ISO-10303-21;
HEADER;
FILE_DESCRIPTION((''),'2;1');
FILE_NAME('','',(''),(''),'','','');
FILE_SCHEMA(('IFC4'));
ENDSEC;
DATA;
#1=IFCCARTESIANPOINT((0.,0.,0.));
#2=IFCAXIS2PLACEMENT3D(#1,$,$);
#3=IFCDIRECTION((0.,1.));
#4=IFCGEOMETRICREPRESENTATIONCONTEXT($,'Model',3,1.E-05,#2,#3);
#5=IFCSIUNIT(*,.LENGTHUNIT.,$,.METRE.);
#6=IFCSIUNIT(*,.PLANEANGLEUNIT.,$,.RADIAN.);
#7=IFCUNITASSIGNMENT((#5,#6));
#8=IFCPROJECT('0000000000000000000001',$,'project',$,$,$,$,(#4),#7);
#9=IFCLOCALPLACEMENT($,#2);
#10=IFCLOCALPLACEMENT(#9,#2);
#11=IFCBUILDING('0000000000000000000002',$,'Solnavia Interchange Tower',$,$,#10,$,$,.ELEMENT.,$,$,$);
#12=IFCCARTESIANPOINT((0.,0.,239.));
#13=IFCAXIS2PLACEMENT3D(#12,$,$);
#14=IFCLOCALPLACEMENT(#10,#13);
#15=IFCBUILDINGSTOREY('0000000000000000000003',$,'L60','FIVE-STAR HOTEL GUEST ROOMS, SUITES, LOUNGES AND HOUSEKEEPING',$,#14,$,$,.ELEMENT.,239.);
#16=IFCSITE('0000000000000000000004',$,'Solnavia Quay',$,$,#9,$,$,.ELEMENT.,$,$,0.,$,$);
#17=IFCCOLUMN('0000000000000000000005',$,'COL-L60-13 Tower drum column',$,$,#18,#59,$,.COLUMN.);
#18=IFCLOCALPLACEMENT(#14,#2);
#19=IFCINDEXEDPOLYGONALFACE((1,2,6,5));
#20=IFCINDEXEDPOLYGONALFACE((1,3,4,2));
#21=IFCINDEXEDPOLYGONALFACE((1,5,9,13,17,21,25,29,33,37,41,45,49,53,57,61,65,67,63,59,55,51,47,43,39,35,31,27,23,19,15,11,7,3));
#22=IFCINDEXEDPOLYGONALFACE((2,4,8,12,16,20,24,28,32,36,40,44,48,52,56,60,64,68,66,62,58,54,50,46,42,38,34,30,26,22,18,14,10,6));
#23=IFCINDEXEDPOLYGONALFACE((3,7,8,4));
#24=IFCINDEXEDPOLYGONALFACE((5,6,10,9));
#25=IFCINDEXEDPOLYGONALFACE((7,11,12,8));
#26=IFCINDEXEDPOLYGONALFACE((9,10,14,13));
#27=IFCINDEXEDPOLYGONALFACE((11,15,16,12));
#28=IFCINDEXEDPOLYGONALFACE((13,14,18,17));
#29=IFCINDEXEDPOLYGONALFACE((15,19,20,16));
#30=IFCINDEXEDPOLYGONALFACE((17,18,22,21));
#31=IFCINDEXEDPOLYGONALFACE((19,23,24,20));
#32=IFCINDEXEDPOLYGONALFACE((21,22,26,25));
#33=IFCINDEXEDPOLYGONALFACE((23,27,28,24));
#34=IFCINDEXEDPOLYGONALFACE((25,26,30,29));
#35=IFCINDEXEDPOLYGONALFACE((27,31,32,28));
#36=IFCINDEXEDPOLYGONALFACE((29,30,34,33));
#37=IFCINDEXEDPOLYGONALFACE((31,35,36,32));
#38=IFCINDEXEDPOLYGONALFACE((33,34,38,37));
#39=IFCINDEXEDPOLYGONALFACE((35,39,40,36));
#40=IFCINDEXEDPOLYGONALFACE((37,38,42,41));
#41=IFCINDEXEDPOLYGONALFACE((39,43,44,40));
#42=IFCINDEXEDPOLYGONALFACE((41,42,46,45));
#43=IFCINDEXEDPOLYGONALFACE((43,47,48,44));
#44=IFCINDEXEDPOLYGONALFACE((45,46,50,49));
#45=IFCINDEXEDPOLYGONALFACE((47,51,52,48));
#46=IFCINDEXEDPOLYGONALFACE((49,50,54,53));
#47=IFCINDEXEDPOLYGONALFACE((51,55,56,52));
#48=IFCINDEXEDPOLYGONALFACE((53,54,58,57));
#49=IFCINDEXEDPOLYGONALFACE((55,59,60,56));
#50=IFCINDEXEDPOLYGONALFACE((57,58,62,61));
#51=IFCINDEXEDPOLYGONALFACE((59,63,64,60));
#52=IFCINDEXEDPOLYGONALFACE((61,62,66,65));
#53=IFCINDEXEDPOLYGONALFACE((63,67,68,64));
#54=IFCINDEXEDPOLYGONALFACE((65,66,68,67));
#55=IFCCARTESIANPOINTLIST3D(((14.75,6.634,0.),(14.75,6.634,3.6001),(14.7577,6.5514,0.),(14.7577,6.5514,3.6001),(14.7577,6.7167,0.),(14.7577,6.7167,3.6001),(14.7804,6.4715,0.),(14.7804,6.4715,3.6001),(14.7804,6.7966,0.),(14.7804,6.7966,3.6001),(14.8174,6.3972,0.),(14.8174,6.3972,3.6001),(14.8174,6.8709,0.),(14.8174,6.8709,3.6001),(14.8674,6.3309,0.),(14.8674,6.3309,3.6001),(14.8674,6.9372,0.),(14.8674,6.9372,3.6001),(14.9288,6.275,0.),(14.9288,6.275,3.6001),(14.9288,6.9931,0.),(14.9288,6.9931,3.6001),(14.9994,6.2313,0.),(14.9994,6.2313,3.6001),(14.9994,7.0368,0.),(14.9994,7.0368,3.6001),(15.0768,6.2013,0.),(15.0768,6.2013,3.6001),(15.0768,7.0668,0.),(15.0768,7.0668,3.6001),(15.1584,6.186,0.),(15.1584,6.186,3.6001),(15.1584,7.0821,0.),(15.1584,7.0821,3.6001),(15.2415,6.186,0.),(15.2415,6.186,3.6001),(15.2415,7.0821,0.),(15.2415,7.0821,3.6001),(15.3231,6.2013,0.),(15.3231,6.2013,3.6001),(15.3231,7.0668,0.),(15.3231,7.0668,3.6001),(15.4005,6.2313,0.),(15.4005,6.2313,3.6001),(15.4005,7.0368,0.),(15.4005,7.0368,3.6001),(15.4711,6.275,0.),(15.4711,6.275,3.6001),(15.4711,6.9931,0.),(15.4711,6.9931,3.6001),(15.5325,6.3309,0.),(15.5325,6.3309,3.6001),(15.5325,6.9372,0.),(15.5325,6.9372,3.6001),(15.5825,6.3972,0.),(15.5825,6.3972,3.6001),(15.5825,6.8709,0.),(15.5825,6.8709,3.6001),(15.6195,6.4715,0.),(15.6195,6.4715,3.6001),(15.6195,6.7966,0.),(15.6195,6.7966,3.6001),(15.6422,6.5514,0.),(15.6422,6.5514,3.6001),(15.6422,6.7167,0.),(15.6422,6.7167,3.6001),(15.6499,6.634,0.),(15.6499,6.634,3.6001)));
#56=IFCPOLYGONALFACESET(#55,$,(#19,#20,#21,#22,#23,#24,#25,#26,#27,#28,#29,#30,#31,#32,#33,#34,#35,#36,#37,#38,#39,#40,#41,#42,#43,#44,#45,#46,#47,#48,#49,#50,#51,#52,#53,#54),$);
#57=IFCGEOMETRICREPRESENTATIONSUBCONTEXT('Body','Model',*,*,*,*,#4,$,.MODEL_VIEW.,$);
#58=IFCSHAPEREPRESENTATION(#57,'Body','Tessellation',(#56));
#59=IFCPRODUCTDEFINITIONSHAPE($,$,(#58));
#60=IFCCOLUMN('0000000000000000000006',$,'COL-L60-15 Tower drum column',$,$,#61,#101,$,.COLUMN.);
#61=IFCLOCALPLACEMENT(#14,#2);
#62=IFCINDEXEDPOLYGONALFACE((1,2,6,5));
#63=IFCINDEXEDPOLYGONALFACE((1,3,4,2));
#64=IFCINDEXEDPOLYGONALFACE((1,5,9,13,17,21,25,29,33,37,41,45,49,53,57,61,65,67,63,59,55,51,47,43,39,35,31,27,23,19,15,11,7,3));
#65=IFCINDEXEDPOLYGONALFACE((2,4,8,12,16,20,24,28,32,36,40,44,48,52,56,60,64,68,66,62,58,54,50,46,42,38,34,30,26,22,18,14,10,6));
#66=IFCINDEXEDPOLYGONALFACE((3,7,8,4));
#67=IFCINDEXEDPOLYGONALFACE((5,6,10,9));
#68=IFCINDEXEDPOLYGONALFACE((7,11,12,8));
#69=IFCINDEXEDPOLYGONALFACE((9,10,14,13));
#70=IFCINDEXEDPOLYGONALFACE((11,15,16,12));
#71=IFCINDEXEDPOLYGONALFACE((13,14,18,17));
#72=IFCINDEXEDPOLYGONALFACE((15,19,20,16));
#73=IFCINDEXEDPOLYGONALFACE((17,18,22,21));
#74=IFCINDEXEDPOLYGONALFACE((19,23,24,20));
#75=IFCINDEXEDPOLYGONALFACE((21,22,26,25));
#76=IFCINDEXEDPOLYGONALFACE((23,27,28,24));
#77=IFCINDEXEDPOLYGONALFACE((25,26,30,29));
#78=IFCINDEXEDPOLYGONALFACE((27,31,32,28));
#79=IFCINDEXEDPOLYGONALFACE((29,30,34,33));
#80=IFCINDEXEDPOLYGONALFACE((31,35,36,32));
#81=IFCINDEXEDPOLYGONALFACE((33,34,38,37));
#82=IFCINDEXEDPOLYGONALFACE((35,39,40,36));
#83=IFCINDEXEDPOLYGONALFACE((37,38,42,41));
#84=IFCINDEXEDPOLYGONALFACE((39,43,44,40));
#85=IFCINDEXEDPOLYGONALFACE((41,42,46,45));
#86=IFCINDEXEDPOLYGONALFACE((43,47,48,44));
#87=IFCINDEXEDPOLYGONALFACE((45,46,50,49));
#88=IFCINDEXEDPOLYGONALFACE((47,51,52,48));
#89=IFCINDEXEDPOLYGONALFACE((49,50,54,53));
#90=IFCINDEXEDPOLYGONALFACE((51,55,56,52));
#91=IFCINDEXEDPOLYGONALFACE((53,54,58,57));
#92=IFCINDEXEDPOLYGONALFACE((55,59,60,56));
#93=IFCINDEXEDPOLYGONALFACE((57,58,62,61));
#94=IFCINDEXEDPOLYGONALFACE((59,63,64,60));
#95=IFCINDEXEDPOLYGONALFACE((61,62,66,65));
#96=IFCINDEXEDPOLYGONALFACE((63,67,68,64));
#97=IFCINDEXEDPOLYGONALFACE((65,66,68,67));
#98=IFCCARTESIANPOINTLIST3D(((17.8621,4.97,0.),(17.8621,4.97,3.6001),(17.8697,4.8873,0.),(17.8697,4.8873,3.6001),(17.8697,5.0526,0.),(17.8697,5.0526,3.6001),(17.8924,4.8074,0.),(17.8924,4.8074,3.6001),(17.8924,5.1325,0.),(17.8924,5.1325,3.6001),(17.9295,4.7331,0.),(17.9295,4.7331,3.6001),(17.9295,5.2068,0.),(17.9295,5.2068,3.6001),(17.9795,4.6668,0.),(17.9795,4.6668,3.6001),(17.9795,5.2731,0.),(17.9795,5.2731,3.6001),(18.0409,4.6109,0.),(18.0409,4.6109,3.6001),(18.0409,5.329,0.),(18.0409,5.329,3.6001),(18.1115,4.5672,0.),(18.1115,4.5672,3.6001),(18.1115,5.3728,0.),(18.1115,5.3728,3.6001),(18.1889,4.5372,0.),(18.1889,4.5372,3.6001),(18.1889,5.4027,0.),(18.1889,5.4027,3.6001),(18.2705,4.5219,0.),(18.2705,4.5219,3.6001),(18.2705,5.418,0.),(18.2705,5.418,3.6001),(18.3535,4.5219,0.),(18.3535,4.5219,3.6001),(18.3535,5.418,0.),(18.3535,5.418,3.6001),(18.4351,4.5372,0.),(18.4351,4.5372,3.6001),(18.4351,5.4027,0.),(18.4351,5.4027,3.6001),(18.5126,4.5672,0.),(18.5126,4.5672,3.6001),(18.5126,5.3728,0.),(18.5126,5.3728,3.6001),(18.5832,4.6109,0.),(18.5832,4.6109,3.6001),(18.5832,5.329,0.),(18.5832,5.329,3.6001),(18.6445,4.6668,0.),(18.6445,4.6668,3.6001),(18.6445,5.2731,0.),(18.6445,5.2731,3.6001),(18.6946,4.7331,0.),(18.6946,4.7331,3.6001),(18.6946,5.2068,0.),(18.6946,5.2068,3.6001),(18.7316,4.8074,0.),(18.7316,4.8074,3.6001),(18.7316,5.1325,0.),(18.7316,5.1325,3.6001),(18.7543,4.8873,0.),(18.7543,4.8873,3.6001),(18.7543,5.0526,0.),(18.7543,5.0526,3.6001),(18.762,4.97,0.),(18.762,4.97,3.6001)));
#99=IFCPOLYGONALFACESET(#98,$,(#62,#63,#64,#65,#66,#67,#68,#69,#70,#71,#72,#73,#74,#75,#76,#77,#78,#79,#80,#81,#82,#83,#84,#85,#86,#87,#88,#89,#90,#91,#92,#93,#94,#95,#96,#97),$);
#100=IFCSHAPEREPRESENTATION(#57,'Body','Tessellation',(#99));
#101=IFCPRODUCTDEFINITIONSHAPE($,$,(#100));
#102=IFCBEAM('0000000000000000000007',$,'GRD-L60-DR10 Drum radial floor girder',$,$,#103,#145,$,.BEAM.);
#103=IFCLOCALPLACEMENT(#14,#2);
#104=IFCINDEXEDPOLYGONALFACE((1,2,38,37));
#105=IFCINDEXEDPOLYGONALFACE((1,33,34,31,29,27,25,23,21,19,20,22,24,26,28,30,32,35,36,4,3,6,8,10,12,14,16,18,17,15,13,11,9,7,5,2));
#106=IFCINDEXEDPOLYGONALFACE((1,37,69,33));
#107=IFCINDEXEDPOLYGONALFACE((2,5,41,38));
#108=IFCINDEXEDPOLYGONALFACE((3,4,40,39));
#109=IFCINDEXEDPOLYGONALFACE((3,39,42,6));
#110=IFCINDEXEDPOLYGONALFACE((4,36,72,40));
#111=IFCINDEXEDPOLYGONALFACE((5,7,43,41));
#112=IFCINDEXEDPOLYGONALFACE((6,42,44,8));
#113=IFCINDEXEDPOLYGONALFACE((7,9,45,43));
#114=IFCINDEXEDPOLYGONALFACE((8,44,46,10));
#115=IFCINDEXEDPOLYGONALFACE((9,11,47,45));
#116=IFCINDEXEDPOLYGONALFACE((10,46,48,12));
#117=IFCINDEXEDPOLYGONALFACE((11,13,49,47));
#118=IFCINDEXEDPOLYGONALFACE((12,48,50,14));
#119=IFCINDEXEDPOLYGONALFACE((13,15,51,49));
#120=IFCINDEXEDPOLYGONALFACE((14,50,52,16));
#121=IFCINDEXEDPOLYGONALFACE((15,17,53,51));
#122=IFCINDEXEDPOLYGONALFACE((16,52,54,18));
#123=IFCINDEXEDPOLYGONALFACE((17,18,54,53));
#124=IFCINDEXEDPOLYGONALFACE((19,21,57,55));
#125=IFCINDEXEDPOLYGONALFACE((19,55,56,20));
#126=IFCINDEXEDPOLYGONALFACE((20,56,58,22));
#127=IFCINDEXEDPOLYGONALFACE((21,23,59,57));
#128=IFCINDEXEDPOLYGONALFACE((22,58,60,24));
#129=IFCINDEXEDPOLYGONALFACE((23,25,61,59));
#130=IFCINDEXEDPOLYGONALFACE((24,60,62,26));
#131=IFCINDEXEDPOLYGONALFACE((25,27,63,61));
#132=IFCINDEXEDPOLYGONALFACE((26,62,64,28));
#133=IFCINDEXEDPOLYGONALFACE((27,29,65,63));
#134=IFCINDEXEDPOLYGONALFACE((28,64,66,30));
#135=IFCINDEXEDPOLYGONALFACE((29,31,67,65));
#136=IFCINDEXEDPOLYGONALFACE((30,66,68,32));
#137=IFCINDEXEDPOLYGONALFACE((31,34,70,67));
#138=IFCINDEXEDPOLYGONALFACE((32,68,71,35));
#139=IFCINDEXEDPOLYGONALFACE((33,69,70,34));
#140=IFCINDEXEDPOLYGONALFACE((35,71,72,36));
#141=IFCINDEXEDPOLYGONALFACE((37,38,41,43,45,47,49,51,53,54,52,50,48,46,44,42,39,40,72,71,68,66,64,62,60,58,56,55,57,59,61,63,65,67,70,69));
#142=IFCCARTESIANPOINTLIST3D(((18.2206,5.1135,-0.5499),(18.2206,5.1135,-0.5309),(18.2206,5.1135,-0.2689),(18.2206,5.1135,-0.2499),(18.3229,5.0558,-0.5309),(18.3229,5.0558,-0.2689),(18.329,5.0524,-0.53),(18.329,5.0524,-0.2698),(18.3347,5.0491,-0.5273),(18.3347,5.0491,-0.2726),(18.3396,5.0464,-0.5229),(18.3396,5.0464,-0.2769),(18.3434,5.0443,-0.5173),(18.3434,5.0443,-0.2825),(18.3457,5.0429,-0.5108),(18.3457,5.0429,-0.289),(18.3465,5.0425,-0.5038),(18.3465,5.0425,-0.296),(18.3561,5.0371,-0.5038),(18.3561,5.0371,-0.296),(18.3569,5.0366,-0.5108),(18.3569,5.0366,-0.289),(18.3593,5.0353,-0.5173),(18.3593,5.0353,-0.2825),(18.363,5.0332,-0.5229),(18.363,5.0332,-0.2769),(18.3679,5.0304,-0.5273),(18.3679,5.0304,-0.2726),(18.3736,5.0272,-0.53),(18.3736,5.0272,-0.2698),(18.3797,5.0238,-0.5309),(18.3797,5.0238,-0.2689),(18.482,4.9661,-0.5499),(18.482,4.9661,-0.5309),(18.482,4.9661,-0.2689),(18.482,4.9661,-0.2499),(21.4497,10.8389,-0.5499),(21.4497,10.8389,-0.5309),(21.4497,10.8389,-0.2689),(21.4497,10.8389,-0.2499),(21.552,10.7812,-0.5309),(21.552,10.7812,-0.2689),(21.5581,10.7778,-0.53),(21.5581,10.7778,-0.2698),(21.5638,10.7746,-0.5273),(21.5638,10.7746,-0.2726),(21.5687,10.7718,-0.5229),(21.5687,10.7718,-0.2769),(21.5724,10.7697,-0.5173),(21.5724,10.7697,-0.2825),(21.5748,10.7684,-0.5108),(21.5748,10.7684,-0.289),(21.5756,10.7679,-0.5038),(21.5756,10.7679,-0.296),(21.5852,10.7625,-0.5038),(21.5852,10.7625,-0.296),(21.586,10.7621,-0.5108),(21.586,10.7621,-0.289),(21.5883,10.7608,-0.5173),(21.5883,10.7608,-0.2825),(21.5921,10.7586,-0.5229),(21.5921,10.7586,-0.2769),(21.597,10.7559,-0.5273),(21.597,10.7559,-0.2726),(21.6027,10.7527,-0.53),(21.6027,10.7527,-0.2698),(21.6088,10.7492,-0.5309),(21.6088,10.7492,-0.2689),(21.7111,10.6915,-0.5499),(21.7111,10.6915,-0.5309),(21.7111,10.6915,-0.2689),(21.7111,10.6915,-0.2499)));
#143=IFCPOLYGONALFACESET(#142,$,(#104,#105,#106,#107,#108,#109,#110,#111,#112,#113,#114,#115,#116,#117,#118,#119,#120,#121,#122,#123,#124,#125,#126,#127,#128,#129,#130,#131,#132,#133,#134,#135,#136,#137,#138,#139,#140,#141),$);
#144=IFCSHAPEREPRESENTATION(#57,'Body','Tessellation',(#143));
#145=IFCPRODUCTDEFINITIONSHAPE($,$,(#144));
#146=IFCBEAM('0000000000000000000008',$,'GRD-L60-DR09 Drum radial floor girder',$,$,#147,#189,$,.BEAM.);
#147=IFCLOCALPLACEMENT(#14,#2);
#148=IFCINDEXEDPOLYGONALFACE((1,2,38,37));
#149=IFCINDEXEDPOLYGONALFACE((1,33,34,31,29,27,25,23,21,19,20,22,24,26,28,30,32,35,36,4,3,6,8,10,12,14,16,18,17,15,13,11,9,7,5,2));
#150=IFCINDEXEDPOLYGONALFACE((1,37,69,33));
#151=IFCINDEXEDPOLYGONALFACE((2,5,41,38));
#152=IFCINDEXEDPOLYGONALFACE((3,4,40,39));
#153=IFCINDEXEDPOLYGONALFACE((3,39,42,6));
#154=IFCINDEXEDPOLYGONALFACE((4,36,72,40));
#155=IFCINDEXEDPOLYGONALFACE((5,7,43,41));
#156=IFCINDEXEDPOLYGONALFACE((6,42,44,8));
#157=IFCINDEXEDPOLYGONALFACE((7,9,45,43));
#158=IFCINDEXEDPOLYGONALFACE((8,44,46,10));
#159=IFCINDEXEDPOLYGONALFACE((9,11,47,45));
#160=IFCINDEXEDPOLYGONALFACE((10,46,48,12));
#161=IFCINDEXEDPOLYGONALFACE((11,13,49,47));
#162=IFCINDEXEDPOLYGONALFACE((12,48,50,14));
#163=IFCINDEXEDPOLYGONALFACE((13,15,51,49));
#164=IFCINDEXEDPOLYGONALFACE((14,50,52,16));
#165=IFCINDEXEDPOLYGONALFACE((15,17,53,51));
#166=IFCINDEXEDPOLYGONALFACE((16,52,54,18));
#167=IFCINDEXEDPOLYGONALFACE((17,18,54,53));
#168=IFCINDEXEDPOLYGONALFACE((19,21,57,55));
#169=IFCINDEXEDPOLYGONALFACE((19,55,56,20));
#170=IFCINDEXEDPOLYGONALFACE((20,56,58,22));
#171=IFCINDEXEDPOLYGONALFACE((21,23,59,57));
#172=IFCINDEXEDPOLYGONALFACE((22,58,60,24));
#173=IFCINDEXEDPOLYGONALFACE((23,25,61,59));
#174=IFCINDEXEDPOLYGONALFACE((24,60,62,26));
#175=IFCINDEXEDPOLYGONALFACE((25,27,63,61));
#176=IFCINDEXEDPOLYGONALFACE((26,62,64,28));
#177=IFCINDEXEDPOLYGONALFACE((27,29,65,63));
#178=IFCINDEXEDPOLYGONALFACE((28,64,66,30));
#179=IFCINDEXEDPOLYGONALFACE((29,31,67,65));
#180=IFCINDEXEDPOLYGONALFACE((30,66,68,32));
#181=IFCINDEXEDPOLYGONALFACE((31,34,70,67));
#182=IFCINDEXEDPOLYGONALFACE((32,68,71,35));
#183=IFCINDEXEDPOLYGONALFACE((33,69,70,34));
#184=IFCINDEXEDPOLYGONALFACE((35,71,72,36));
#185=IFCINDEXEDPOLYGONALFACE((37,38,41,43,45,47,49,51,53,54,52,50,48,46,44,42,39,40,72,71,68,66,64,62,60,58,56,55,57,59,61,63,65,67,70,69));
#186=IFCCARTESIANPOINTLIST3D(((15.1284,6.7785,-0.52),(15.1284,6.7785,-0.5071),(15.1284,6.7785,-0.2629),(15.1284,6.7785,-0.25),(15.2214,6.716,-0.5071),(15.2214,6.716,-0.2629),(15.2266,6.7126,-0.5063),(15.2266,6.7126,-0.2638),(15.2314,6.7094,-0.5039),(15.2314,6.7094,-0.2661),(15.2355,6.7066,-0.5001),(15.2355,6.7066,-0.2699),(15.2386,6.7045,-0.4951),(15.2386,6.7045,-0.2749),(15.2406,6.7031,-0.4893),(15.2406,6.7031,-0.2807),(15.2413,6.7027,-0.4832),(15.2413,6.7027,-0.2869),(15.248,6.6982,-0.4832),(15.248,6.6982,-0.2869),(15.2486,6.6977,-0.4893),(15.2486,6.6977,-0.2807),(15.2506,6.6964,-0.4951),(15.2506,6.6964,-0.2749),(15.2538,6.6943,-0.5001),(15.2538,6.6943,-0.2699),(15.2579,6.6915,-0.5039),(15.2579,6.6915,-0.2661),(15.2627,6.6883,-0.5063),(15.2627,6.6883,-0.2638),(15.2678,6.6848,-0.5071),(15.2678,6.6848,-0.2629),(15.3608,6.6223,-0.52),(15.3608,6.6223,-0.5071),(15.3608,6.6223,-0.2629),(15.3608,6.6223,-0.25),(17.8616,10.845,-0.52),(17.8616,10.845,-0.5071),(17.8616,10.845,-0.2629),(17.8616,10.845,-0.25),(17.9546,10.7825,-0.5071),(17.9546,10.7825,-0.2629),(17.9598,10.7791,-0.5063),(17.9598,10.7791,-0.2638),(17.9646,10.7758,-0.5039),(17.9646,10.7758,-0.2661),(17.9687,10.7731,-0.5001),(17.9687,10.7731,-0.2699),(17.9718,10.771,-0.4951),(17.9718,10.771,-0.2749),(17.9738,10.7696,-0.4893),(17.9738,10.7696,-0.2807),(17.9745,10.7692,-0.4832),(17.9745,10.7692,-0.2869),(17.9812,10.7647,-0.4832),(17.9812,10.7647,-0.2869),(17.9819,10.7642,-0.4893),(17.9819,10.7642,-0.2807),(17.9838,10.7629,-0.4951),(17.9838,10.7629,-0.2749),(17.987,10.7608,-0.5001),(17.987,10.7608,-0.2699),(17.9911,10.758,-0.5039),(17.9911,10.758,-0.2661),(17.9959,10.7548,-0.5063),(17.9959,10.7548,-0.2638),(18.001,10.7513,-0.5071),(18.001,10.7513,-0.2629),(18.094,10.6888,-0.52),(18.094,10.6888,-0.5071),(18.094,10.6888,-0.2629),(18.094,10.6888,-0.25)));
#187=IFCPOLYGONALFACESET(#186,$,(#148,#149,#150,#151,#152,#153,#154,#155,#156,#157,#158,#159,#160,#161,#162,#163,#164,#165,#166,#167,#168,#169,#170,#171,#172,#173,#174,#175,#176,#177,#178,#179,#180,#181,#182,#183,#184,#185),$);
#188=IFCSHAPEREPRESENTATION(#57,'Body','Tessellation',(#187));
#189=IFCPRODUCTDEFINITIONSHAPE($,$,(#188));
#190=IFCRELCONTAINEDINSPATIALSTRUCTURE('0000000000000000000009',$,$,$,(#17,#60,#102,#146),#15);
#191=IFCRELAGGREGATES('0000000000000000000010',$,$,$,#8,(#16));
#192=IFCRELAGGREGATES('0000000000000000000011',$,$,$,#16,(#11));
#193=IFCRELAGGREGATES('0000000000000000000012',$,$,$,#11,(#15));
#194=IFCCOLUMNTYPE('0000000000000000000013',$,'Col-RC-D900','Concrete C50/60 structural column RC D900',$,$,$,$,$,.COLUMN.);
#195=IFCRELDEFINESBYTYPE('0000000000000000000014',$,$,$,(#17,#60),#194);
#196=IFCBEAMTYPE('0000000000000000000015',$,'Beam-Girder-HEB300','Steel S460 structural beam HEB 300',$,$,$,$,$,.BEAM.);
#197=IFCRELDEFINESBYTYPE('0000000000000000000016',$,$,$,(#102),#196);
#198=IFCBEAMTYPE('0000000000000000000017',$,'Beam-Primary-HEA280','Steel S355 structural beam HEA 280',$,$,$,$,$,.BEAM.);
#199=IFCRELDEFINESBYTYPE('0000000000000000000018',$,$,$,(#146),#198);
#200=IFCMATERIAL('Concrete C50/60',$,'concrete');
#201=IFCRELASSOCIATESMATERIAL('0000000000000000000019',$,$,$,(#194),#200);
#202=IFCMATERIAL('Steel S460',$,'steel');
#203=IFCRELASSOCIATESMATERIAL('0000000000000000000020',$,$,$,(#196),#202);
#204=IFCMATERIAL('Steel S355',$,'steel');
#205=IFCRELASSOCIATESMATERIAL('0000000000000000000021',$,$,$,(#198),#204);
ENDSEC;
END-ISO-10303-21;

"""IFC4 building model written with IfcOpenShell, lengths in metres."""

from ifc_helpers import new_model, si_unit, direction, frame, origin, origin_2d, place, context, subcontext, project, spatial, circle, i_section, extrude, material, material_profile, profile_set, type_object, element, save


model = new_model("IFC4")

# Units and contexts
model_context = context("Model", 3, precision=1e-05, world=origin(), true_north=direction((0.0, 1.0)))
body_context = subcontext(model_context, "Body", "Model", "MODEL_VIEW")
ifc_project = project(units=[si_unit("LENGTHUNIT", "METRE"), si_unit("PLANEANGLEUNIT", "RADIAN")], contexts=[model_context])

# Site, building, storey
site_placement = place(None, origin())
site = spatial("IfcSite", under=ifc_project, at=site_placement, Name="Solnavia Quay", CompositionType="ELEMENT", RefElevation=0.0)
building_placement = place(site_placement, origin())
building = spatial("IfcBuilding", under=site, at=building_placement, Name="Solnavia Interchange Tower", CompositionType="ELEMENT")
storey_placement = place(building_placement, frame((0.0, 0.0, 239.0)))
storey = spatial("IfcBuildingStorey", under=building, at=storey_placement, Name="L60", Description="FIVE-STAR HOTEL GUEST ROOMS, SUITES, LOUNGES AND HOUSEKEEPING", CompositionType="ELEMENT", Elevation=239.0)

# Columns
ifc_material_1 = material(Name="Concrete C50/60", Category="concrete")
ifc_material_profile_1 = material_profile(ifc_material_1, circle(Radius=0.45, at=origin_2d()), Name="RC D900")
ifc_profile_set_1 = profile_set([ifc_material_profile_1], Name="Concrete C50/60")
column_type = type_object("IfcColumnType", Name="Col-RC-D900", Description="Concrete C50/60 structural column RC D900", PredefinedType="COLUMN", material=ifc_profile_set_1)
for number, where, z_axis, x_axis, name in (
    (1, (15.2, 6.634, 0.0), (0.0, 0.0, 1.0), (1.0, 0.0, 0.0), "COL-L60-13 Tower drum column"),
    (2, (18.312, 4.97, 0.0), (0.0, 0.0, 1.0), (1.0, 0.0, 0.0), "COL-L60-15 Tower drum column"),
):
    element("IfcColumn", number, at=place(storey_placement, frame(where, z_axis=z_axis, x_axis=x_axis)), inside=storey, type_object=column_type, Name=name, PredefinedType="COLUMN", context=body_context, shape_type="SweptSolid", body=[
        extrude(circle(Radius=0.45, at=origin_2d()), origin(), (0.0, 0.0, 1.0), 3.6001),
    ])

# Beams
ifc_material_2 = material(Name="Steel S460", Category="steel")
ifc_material_profile_2 = material_profile(ifc_material_2, i_section(OverallWidth=0.3, OverallDepth=0.3, WebThickness=0.011, FlangeThickness=0.019, FilletRadius=0.0271, at=origin_2d()), Name="HEB 300")
ifc_profile_set_2 = profile_set([ifc_material_profile_2], Name="Steel S460")
beam_type_1 = type_object("IfcBeamType", Name="Beam-Girder-HEB300", Description="Steel S460 structural beam HEB 300", PredefinedType="BEAM", material=ifc_profile_set_2)
beam_1_placement = place(storey_placement, frame((18.3513, 5.0398, -0.3999), z_axis=(0.491243, 0.871022, 0.0), x_axis=(-0.871022, 0.491243, 0.0)))
element("IfcBeam", 3, at=beam_1_placement, inside=storey, type_object=beam_type_1, Name="GRD-L60-DR10 Drum radial floor girder", PredefinedType="BEAM", context=body_context, shape_type="SweptSolid", body=[
    extrude(i_section(OverallWidth=0.3, OverallDepth=0.3, WebThickness=0.011, FlangeThickness=0.019, FilletRadius=0.0271, at=origin_2d()), origin(), (0.0, 0.0, 1.0), 6.5732),
])
ifc_material_3 = material(Name="Steel S355", Category="steel")
ifc_material_profile_3 = material_profile(ifc_material_3, i_section(OverallWidth=0.28, OverallDepth=0.27, WebThickness=0.0081, FlangeThickness=0.0129, FilletRadius=0.0239, at=origin_2d()), Name="HEA 280")
ifc_profile_set_3 = profile_set([ifc_material_profile_3], Name="Steel S355")
beam_type_2 = type_object("IfcBeamType", Name="Beam-Primary-HEA280", Description="Steel S355 structural beam HEA 280", PredefinedType="BEAM", material=ifc_profile_set_3)
beam_2_placement = place(storey_placement, frame((15.2446, 6.7004, -0.385), z_axis=(0.557835, 0.829952, 0.0), x_axis=(-0.829952, 0.557835, 0.0)))
element("IfcBeam", 4, at=beam_2_placement, inside=storey, type_object=beam_type_2, Name="GRD-L60-DR09 Drum radial floor girder", PredefinedType="BEAM", context=body_context, shape_type="SweptSolid", body=[
    extrude(i_section(OverallWidth=0.28, OverallDepth=0.27, WebThickness=0.0081, FlangeThickness=0.0129, FilletRadius=0.0239, at=origin_2d()), origin(), (0.0, 0.0, 1.0), 4.8997),
])

save(model, "model.ifc")
